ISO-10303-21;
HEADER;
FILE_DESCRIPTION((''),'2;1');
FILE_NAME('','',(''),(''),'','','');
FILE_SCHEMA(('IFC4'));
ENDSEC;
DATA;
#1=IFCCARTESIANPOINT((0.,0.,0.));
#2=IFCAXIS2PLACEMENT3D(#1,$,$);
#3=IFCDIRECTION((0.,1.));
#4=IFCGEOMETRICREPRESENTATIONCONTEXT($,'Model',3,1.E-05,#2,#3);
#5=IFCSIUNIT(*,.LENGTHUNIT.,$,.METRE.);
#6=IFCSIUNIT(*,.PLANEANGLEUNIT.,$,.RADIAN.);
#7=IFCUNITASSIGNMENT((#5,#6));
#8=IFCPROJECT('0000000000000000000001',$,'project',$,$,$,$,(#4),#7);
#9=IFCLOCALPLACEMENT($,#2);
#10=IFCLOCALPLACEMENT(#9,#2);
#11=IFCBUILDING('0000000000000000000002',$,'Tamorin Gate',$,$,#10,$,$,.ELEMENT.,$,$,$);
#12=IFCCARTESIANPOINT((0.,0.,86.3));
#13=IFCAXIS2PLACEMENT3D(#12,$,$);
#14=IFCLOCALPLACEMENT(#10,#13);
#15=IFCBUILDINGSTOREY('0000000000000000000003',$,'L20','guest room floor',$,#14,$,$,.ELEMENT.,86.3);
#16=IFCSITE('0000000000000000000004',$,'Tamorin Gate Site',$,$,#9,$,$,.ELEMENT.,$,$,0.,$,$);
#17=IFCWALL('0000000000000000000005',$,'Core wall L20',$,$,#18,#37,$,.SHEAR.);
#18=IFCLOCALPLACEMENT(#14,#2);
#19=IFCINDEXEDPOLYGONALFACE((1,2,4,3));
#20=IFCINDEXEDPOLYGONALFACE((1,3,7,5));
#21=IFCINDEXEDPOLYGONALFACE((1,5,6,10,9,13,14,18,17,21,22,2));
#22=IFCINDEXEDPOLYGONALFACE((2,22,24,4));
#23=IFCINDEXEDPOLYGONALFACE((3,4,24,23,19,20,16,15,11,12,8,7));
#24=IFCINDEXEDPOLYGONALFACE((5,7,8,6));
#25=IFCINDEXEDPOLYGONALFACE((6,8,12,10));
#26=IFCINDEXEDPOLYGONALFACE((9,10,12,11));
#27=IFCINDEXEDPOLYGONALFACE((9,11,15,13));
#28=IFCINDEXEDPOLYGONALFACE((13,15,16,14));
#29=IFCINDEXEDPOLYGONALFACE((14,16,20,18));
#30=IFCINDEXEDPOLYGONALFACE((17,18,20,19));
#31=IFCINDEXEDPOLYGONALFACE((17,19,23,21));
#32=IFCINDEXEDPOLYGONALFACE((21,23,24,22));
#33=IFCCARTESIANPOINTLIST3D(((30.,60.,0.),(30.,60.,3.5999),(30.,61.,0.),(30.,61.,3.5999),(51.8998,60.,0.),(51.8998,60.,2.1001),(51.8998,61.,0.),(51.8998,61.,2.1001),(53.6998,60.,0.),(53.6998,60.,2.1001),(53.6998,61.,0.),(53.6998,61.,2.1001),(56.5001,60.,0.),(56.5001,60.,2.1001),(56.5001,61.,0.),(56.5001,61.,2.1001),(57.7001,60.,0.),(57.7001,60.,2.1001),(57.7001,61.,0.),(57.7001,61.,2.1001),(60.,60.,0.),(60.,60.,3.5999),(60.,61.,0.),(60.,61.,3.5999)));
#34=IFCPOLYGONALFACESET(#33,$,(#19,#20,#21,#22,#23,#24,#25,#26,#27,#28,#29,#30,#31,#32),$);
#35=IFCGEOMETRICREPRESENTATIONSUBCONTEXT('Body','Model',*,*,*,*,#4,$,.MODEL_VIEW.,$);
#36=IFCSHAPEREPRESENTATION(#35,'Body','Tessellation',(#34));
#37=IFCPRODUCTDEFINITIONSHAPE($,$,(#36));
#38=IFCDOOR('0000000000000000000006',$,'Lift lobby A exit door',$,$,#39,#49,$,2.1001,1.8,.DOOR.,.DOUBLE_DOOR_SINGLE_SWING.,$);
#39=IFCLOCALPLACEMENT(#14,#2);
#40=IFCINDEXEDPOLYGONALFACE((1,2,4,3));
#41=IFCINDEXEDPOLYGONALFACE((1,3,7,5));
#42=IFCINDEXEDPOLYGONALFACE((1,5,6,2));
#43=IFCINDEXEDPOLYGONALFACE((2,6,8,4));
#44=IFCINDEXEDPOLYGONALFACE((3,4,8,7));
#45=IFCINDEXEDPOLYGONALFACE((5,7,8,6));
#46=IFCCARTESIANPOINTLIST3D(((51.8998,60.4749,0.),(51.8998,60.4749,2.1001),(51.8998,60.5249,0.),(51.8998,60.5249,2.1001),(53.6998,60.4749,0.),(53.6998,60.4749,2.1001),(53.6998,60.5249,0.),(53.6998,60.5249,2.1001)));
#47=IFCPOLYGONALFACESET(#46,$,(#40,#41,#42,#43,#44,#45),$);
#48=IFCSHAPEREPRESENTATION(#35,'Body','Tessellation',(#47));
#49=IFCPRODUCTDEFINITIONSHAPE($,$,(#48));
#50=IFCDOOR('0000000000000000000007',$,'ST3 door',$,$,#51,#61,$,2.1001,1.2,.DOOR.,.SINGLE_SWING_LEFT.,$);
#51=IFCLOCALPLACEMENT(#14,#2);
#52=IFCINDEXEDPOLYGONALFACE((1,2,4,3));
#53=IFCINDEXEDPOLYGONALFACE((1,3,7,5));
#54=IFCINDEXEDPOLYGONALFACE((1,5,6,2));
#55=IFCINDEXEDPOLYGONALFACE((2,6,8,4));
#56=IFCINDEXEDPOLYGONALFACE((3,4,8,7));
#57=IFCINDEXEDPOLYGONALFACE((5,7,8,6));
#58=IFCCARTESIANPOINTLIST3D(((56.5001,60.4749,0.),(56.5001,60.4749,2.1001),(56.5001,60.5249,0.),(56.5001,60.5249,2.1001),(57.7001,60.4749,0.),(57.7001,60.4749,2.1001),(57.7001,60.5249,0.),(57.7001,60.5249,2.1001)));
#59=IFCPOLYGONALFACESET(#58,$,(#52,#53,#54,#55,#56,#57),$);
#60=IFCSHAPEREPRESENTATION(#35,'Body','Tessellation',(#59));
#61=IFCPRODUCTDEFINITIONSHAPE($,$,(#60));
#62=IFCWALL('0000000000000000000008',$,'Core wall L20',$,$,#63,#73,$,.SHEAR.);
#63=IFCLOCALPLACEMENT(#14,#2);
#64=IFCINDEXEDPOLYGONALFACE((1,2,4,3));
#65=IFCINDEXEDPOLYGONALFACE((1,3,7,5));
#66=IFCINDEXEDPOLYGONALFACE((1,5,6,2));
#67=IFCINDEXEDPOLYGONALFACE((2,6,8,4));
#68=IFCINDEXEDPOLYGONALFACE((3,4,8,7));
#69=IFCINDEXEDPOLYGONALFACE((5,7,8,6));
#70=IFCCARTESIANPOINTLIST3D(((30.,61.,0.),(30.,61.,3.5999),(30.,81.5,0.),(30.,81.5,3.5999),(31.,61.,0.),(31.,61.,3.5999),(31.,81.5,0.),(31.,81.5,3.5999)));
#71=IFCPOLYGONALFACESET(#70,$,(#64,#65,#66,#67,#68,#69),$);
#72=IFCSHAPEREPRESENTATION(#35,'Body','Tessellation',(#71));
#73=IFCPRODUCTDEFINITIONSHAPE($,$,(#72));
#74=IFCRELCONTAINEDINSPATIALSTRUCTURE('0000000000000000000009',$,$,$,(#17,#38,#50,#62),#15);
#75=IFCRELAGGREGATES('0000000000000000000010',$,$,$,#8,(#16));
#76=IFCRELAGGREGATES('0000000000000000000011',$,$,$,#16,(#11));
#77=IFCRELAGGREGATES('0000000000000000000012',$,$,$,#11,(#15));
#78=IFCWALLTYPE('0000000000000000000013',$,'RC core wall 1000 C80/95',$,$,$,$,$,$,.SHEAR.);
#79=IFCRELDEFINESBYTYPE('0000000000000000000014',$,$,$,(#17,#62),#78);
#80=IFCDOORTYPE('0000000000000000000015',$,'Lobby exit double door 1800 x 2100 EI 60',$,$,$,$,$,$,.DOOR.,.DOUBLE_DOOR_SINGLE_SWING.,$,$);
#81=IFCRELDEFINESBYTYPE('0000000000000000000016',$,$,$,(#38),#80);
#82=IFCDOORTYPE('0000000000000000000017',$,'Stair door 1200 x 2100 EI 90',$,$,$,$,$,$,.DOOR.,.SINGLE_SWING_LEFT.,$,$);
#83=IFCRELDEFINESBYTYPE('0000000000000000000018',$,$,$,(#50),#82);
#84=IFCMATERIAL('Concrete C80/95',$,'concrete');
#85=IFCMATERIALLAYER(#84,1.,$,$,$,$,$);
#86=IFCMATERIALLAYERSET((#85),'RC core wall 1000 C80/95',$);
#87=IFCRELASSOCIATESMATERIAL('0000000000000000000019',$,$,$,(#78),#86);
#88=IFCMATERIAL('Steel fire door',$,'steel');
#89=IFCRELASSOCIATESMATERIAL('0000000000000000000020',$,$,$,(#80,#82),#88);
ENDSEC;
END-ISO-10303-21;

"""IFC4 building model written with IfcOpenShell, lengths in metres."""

from ifc_helpers import new_model, si_unit, direction, frame, frame_2d, origin, place, context, subcontext, project, spatial, rectangle, extrude, material, layer, layer_set, type_object, element, fill, save


model = new_model("IFC4")

# Units and contexts
model_context = context("Model", 3, precision=1e-05, world=origin(), true_north=direction((0.0, 1.0)))
body_context = subcontext(model_context, "Body", "Model", "MODEL_VIEW")
ifc_project = project(units=[si_unit("LENGTHUNIT", "METRE"), si_unit("PLANEANGLEUNIT", "RADIAN")], contexts=[model_context])

# Site, building, storey
site_placement = place(None, origin())
site = spatial("IfcSite", under=ifc_project, at=site_placement, Name="Tamorin Gate Site", CompositionType="ELEMENT", RefElevation=0.0)
building_placement = place(site_placement, origin())
building = spatial("IfcBuilding", under=site, at=building_placement, Name="Tamorin Gate", CompositionType="ELEMENT")
storey_placement = place(building_placement, frame((0.0, 0.0, 86.3)))
storey = spatial("IfcBuildingStorey", under=building, at=storey_placement, Name="L20", Description="guest room floor", CompositionType="ELEMENT", Elevation=86.3)

# Shared definitions
ifc_material_1 = material(Name="Concrete C80/95", Category="concrete")

# Wall, openings, doors
ifc_layer_1 = layer(ifc_material_1, 1.0)
ifc_layer_set_1 = layer_set([ifc_layer_1], Name="RC core wall 1000 C80/95")
wall_type_1 = type_object("IfcWallType", Name="RC core wall 1000 C80/95", PredefinedType="SHEAR", material=ifc_layer_set_1)
wall_1_placement = place(storey_placement, frame((30.0, 60.5, 0.0), z_axis=(0.0, 0.0, 1.0), x_axis=(1.0, 0.0, 0.0)))
wall_1 = element("IfcWall", 1, at=wall_1_placement, inside=storey, type_object=wall_type_1, Name="Core wall L20", PredefinedType="SHEAR", context=body_context, shape_type="SweptSolid", body=[
    extrude(rectangle(XDim=30.0, YDim=1.0, at=frame_2d((15.0, 0.0))), origin(), (0.0, 0.0, 1.0), 3.5999),
])
opening_1_placement = place(wall_1_placement, frame((21.8999, 0.0, 0.0)))
opening_1 = element("IfcOpeningElement", 2, at=opening_1_placement, cuts=wall_1, PredefinedType="OPENING", context=body_context, shape_type="SweptSolid", body=[
    extrude(rectangle(XDim=1.8, YDim=2.1001, at=frame_2d((0.8999, 1.05))), frame((0.0, 0.51, 0.0), z_axis=(0.0, -1.0, 0.0), x_axis=(1.0, 0.0, 0.0)), (0.0, 0.0, 1.0), 1.02),
])
opening_2_placement = place(wall_1_placement, frame((26.5, 0.0, 0.0)))
opening_2 = element("IfcOpeningElement", 3, at=opening_2_placement, cuts=wall_1, PredefinedType="OPENING", context=body_context, shape_type="SweptSolid", body=[
    extrude(rectangle(XDim=1.2, YDim=2.1001, at=frame_2d((0.6001, 1.05))), frame((0.0, 0.51, 0.0), z_axis=(0.0, -1.0, 0.0), x_axis=(1.0, 0.0, 0.0)), (0.0, 0.0, 1.0), 1.02),
])
ifc_material_2 = material(Name="Steel fire door", Category="steel")
door_type_1 = type_object("IfcDoorType", Name="Lobby exit double door 1800 x 2100 EI 60", OperationType="DOUBLE_DOOR_SINGLE_SWING", PredefinedType="DOOR", material=ifc_material_2)
door_1_placement = place(opening_1_placement, origin())
door_1 = element("IfcDoor", 4, at=door_1_placement, inside=storey, type_object=door_type_1, Name="Lift lobby A exit door", OperationType="DOUBLE_DOOR_SINGLE_SWING", OverallHeight=2.1001, OverallWidth=1.8, PredefinedType="DOOR", context=body_context, shape_type="SweptSolid", body=[
    extrude(rectangle(XDim=1.8, YDim=2.1001, at=frame_2d((0.8999, 1.05))), frame((0.0, 0.0249, 0.0), z_axis=(0.0, -1.0, 0.0), x_axis=(1.0, 0.0, 0.0)), (0.0, 0.0, 1.0), 0.05),
])
fill(opening_1, door_1)
door_type_2 = type_object("IfcDoorType", Name="Stair door 1200 x 2100 EI 90", OperationType="SINGLE_SWING_LEFT", PredefinedType="DOOR", material=ifc_material_2)
door_2_placement = place(opening_2_placement, origin())
door_2 = element("IfcDoor", 5, at=door_2_placement, inside=storey, type_object=door_type_2, Name="ST3 door", OperationType="SINGLE_SWING_LEFT", OverallHeight=2.1001, OverallWidth=1.2, PredefinedType="DOOR", context=body_context, shape_type="SweptSolid", body=[
    extrude(rectangle(XDim=1.2, YDim=2.1001, at=frame_2d((0.6001, 1.05))), frame((0.0, 0.0249, 0.0), z_axis=(0.0, -1.0, 0.0), x_axis=(1.0, 0.0, 0.0)), (0.0, 0.0, 1.0), 0.05),
])
fill(opening_2, door_2)

# Wall
wall_2_placement = place(storey_placement, frame((30.5, 61.0, 0.0), z_axis=(0.0, 0.0, 1.0), x_axis=(0.0, 1.0, 0.0)))
element("IfcWall", 6, at=wall_2_placement, inside=storey, type_object=wall_type_1, Name="Core wall L20", PredefinedType="SHEAR", context=body_context, shape_type="SweptSolid", body=[
    extrude(rectangle(XDim=20.5, YDim=1.0, at=frame_2d((10.25, 0.0))), origin(), (0.0, 0.0, 1.0), 3.5999),
])

save(model, "model.ifc")
